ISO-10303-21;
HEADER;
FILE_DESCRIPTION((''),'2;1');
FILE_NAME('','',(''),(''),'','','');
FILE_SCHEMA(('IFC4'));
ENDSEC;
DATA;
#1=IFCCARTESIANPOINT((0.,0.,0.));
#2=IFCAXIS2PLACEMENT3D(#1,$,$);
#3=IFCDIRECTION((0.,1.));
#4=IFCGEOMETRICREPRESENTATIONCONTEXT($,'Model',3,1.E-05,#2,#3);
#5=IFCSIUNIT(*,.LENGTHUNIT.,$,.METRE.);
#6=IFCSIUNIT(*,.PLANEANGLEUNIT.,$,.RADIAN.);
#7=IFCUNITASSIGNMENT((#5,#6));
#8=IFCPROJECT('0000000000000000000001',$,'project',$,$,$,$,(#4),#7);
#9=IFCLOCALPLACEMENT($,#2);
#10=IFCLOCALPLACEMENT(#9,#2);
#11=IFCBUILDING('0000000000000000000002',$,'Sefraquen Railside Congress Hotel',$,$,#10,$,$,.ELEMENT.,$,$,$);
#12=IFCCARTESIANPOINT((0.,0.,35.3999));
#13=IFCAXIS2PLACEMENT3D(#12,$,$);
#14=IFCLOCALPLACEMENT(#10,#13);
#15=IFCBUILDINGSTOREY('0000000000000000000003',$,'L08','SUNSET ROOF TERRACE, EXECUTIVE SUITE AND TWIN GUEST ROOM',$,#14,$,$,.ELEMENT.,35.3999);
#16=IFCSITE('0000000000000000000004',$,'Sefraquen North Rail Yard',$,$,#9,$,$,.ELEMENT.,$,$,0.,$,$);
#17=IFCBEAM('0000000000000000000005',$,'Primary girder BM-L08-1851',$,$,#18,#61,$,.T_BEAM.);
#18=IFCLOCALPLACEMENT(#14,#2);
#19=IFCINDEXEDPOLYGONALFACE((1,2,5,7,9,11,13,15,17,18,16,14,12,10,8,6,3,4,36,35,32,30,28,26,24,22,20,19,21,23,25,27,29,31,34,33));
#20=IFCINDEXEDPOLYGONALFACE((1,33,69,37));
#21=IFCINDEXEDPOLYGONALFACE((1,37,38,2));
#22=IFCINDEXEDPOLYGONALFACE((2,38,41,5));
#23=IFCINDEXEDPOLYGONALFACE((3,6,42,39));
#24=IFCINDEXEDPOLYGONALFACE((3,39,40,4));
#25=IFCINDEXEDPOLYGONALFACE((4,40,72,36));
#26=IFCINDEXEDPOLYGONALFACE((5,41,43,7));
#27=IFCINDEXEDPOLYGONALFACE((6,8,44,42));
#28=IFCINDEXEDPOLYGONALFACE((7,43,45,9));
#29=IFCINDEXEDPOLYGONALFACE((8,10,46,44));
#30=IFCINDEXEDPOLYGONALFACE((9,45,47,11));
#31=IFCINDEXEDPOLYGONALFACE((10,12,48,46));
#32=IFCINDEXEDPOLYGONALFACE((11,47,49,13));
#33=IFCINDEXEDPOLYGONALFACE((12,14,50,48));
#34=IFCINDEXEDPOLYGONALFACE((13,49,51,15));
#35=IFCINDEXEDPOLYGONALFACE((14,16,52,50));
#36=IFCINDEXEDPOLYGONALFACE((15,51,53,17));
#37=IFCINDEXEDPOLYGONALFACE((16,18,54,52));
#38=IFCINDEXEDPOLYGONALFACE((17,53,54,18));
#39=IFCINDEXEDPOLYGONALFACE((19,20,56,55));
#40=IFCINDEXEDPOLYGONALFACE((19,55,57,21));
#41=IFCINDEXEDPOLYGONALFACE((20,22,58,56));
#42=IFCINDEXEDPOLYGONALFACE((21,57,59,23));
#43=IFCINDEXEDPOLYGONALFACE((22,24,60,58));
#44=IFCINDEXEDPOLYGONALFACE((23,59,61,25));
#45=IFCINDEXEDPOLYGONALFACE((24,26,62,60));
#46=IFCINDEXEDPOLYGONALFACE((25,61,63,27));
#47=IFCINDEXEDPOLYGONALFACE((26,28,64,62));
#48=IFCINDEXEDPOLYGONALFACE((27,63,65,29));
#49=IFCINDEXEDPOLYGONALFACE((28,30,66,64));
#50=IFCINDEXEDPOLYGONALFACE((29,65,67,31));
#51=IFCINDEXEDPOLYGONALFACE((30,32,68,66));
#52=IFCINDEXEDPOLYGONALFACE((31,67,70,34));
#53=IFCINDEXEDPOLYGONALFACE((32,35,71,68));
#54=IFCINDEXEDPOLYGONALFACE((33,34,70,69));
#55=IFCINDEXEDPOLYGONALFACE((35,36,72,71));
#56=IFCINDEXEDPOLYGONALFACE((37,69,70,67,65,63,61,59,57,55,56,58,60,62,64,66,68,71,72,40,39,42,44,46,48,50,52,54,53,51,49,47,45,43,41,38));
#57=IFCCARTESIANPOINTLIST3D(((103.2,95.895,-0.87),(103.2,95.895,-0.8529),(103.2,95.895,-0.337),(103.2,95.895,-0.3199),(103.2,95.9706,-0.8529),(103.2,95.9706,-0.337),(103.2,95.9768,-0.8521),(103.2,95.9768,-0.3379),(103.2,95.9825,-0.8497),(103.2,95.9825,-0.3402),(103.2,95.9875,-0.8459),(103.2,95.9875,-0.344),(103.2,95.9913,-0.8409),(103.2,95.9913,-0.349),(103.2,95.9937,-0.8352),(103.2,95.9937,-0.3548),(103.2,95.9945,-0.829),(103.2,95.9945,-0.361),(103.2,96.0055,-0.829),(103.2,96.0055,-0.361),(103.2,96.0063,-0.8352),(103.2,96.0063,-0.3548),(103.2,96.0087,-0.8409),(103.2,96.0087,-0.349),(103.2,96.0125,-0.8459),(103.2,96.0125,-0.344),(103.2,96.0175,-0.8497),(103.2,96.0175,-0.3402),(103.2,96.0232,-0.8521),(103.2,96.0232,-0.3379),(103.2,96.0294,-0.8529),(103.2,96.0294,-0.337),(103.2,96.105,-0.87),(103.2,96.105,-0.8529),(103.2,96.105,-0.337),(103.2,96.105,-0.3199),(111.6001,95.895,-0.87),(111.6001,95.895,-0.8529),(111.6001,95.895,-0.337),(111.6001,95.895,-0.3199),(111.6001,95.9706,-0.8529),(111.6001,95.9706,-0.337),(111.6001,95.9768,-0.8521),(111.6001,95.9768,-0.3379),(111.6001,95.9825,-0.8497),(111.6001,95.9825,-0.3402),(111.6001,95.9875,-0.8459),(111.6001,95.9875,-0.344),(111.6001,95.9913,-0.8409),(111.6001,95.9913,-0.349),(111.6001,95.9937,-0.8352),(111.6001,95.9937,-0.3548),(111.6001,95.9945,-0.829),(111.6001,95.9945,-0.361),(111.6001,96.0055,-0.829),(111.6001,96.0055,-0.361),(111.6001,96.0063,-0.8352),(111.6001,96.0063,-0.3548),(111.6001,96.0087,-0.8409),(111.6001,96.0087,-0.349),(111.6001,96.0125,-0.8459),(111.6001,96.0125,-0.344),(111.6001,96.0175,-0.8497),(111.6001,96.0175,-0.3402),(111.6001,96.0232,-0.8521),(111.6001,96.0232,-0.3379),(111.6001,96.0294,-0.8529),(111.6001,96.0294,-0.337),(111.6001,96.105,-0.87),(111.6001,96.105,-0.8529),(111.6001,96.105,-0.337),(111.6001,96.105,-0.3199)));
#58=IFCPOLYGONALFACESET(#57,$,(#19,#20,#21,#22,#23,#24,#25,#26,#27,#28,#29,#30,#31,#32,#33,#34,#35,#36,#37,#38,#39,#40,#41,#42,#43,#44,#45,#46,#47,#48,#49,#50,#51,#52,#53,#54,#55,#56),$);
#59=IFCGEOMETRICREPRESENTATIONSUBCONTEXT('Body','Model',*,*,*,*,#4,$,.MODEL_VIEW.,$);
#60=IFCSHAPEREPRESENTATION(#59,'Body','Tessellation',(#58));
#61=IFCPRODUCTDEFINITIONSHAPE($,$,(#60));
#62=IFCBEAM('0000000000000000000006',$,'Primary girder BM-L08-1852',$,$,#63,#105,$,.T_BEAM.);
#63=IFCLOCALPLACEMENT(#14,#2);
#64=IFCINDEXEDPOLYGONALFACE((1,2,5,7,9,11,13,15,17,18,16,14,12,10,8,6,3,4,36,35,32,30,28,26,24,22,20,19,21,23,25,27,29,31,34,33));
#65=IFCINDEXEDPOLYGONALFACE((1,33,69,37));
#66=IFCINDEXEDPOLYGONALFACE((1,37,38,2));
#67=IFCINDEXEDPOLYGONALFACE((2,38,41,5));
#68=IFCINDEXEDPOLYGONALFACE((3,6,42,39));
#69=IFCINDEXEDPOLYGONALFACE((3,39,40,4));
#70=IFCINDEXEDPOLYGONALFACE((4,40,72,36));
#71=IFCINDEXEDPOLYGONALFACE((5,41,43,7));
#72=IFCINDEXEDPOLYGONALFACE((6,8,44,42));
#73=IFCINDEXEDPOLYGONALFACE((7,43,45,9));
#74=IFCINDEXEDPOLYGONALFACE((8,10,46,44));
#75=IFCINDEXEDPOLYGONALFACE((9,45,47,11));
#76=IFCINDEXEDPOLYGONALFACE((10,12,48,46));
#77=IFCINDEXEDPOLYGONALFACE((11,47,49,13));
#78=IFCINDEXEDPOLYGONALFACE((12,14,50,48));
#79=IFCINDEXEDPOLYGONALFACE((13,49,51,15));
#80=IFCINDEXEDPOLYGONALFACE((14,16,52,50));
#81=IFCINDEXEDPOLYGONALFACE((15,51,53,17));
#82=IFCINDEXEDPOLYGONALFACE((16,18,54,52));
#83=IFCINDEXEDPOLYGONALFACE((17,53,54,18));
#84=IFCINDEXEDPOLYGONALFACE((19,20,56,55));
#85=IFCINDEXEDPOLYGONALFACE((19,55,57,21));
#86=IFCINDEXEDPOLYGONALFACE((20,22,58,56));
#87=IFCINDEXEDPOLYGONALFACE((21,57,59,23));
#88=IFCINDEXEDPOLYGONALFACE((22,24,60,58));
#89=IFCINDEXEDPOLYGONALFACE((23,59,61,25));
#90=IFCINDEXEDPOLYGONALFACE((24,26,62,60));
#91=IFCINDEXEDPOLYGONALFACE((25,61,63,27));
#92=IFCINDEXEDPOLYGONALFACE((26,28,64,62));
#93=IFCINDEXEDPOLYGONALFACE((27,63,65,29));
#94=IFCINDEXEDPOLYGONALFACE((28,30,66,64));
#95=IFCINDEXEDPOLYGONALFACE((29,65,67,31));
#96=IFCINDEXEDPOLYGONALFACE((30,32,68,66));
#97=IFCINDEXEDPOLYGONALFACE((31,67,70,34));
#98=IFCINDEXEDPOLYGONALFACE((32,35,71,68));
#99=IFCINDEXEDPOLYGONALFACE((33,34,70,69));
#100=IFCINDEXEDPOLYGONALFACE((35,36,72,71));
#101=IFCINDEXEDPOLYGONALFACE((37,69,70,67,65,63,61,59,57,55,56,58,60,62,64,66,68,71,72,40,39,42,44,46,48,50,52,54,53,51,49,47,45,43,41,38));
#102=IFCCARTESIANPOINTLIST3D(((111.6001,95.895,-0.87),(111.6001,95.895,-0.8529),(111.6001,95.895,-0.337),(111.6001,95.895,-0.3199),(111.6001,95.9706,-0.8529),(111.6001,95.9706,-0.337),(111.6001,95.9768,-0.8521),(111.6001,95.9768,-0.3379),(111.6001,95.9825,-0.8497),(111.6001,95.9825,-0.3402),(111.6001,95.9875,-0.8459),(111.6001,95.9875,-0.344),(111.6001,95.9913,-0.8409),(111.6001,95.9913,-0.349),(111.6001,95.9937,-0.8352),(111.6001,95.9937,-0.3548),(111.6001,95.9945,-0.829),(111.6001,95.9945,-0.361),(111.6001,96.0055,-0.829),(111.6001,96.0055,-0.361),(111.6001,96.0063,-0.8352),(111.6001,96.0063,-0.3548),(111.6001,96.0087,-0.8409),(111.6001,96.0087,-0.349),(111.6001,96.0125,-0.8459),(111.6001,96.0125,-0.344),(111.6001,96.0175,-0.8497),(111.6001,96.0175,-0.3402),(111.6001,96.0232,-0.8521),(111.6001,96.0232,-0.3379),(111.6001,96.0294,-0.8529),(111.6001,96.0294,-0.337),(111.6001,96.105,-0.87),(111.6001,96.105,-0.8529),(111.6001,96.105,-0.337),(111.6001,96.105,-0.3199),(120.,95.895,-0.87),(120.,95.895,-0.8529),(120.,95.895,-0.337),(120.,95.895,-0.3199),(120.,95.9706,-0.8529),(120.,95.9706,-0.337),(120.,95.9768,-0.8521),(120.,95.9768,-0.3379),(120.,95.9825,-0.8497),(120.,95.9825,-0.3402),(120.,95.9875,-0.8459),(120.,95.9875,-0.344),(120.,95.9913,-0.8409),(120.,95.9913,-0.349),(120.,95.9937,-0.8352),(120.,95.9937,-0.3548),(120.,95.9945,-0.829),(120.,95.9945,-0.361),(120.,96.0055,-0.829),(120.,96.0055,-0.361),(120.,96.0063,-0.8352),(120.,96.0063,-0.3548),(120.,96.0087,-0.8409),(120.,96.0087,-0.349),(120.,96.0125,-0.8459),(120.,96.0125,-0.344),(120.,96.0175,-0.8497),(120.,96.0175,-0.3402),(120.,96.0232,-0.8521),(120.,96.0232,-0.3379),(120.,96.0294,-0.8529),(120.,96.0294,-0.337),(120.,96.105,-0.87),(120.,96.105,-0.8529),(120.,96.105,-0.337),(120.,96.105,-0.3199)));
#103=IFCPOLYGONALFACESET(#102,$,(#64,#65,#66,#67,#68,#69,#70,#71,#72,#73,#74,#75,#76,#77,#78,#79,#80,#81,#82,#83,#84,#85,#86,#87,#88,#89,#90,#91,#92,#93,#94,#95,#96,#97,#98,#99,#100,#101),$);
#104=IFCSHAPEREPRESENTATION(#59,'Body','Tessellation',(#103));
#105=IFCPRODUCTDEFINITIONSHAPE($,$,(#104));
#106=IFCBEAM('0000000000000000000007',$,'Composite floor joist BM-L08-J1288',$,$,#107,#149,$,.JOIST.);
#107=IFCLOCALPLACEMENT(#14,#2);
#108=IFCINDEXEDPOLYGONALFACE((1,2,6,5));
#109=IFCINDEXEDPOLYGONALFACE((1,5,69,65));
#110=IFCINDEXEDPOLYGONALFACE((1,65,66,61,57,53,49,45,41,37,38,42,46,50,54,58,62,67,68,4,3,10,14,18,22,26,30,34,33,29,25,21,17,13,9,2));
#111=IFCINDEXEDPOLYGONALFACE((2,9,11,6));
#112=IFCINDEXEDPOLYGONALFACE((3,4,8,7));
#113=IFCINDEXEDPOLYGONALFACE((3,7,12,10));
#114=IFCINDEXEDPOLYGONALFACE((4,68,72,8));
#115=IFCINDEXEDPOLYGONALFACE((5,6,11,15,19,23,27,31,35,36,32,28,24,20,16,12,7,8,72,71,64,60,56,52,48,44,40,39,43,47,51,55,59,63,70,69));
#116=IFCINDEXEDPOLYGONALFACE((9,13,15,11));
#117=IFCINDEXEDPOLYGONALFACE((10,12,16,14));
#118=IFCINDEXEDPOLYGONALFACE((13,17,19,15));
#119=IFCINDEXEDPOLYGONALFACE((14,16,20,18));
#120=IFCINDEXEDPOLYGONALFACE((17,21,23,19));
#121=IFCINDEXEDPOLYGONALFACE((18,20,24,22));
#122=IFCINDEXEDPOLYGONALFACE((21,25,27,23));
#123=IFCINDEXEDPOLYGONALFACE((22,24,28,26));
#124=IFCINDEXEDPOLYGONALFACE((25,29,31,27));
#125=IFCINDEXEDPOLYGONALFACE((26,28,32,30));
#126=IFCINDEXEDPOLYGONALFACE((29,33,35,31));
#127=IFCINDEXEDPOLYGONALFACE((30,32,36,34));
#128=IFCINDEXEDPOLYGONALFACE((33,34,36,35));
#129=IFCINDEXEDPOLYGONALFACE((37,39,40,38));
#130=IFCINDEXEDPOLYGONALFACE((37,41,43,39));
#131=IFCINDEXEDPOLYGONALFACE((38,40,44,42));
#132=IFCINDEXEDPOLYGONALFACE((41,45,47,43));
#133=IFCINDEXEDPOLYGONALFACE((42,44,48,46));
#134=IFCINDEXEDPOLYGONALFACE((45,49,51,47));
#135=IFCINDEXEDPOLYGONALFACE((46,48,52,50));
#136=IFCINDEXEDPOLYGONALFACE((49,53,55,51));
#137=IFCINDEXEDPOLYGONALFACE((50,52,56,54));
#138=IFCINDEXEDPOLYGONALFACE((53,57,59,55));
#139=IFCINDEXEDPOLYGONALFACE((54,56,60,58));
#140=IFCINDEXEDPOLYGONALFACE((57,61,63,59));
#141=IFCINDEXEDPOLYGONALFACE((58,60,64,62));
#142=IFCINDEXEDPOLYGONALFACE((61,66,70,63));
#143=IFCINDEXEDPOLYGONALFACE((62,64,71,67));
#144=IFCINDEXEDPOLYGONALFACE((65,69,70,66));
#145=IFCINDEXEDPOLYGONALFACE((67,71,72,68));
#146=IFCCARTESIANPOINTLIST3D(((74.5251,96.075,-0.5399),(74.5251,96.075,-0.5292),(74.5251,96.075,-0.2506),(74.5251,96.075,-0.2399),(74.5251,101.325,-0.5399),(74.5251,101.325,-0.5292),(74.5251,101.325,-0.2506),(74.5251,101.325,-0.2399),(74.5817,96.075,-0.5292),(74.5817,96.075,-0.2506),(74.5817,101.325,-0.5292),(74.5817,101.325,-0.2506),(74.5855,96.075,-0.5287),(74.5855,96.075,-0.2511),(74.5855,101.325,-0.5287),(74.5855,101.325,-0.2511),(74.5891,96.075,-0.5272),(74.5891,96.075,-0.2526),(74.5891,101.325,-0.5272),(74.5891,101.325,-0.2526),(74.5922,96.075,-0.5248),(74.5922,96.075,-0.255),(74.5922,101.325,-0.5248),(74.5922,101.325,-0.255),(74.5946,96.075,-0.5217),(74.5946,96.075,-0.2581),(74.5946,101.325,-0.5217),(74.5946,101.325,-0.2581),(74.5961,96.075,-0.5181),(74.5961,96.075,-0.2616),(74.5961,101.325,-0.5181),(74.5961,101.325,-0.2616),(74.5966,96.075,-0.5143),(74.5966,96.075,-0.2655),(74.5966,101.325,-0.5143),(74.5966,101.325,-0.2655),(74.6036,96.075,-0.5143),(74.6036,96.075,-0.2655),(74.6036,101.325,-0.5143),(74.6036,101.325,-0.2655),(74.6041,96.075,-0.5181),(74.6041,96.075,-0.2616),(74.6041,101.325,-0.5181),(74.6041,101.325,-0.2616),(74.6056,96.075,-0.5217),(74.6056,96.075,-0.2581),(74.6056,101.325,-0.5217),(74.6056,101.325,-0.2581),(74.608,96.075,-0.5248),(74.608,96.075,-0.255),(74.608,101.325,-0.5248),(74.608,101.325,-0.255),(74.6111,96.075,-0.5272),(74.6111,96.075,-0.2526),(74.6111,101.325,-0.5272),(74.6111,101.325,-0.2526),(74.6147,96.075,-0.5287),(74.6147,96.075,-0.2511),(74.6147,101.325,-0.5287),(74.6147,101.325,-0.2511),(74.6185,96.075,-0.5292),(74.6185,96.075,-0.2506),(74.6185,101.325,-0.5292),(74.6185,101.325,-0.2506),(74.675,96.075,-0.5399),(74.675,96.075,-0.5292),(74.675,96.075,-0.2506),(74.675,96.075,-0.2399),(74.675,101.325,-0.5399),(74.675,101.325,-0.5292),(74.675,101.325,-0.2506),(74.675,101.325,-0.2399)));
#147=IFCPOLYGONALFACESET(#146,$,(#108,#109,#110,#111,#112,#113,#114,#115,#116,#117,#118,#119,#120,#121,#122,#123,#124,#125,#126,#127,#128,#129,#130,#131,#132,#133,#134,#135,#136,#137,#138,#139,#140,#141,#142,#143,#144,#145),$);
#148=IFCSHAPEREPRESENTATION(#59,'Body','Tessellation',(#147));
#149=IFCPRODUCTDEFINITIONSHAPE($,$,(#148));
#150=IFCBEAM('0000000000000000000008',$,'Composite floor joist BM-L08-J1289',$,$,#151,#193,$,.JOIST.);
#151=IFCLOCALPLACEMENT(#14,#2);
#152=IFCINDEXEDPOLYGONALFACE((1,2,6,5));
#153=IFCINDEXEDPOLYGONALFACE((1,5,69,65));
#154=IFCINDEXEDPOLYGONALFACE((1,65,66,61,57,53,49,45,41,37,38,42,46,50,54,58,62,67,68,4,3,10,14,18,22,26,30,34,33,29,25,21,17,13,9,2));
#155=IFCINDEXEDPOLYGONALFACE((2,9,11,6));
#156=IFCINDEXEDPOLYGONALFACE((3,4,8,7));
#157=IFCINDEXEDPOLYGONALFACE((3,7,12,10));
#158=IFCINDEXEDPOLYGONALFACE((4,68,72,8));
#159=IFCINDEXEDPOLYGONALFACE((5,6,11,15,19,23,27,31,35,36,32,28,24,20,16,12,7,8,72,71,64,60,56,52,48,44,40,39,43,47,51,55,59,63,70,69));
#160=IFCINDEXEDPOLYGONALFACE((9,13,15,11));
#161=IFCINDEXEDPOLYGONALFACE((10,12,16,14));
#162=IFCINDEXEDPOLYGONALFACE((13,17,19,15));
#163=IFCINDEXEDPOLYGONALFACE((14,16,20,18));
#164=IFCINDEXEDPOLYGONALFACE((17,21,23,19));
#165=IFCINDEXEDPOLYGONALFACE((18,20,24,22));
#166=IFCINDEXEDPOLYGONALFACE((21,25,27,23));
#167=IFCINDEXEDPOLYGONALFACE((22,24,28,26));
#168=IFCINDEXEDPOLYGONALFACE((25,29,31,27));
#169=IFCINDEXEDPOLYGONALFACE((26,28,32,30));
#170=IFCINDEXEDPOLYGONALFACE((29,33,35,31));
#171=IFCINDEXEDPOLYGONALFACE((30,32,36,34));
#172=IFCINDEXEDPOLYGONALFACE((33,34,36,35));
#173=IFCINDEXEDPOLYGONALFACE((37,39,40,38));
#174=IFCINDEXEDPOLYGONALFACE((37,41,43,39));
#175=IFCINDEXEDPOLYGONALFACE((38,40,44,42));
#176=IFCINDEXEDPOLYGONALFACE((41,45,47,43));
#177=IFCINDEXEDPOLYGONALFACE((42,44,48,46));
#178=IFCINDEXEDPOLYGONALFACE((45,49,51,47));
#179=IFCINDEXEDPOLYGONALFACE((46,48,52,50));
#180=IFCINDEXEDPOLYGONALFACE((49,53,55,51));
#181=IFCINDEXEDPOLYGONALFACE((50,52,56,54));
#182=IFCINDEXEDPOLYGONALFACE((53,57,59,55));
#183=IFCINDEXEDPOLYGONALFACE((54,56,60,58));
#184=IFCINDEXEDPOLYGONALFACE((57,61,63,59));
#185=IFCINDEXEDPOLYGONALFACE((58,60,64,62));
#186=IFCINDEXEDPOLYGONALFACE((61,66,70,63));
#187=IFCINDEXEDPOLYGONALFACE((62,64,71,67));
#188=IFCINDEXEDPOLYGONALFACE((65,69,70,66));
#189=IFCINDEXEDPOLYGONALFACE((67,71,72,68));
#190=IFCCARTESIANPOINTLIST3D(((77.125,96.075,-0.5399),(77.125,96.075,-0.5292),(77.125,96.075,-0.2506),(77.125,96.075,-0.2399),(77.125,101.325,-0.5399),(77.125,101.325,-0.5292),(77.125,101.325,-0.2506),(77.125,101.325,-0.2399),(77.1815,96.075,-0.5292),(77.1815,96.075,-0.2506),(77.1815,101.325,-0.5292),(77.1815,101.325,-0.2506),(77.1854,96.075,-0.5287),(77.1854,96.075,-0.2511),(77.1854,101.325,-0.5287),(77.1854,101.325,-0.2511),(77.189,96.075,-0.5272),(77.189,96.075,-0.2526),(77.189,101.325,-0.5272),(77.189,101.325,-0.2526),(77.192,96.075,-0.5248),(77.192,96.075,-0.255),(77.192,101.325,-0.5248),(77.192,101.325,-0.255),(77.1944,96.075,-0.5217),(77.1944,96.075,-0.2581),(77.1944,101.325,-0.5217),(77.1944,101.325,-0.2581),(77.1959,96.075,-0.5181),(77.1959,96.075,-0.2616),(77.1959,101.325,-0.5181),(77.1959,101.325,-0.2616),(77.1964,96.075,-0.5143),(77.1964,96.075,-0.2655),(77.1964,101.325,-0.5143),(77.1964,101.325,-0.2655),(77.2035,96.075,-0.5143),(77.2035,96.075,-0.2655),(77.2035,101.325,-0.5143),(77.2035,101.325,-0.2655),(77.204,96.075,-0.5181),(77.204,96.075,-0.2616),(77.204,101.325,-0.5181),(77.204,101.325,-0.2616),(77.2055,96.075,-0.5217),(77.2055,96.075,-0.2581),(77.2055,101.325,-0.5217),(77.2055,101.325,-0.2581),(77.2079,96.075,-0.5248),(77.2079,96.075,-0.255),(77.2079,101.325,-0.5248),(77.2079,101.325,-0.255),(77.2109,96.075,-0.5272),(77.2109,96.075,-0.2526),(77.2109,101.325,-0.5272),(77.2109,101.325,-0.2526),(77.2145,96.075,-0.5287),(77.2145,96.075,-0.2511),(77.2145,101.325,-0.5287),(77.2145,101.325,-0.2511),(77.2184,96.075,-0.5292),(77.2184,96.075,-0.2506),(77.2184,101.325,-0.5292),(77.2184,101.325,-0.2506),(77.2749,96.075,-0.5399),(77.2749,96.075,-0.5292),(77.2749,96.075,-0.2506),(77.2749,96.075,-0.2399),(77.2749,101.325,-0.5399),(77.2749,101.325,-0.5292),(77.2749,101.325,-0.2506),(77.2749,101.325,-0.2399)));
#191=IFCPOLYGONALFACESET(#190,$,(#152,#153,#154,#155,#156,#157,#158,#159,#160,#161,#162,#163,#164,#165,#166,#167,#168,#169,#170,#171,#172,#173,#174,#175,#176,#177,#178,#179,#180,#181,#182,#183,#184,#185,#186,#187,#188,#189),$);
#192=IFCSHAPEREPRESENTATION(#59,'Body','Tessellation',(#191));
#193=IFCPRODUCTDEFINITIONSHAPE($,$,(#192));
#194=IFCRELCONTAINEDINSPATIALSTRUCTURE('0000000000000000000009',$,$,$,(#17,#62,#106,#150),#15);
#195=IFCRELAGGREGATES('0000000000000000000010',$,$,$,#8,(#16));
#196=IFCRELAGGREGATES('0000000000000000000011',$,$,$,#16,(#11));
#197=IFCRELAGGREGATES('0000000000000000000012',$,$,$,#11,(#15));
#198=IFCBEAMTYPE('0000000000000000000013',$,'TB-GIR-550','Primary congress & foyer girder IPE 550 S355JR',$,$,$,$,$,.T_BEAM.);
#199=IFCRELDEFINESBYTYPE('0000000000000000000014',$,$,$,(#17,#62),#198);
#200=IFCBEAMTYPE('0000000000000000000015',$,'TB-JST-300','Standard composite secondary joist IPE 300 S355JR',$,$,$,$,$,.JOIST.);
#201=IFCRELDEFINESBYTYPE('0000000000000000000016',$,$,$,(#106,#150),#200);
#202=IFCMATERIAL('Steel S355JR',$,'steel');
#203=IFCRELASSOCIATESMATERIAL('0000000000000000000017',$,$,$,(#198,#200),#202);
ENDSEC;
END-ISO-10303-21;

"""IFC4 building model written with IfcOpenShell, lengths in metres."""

from ifc_helpers import new_model, si_unit, direction, frame, origin, origin_2d, place, context, subcontext, project, spatial, i_section, extrude, material, material_profile, profile_set, type_object, element, save


model = new_model("IFC4")

# Units and contexts
model_context = context("Model", 3, precision=1e-05, world=origin(), true_north=direction((0.0, 1.0)))
body_context = subcontext(model_context, "Body", "Model", "MODEL_VIEW")
ifc_project = project(units=[si_unit("LENGTHUNIT", "METRE"), si_unit("PLANEANGLEUNIT", "RADIAN")], contexts=[model_context])

# Site, building, storey
site_placement = place(None, origin())
site = spatial("IfcSite", under=ifc_project, at=site_placement, Name="Sefraquen North Rail Yard", CompositionType="ELEMENT", RefElevation=0.0)
building_placement = place(site_placement, origin())
building = spatial("IfcBuilding", under=site, at=building_placement, Name="Sefraquen Railside Congress Hotel", CompositionType="ELEMENT")
storey_placement = place(building_placement, frame((0.0, 0.0, 35.3999)))
storey = spatial("IfcBuildingStorey", under=building, at=storey_placement, Name="L08", Description="SUNSET ROOF TERRACE, EXECUTIVE SUITE AND TWIN GUEST ROOM", CompositionType="ELEMENT", Elevation=35.3999)

# Shared definitions
ifc_material_1 = material(Name="Steel S355JR", Category="steel")

# Beams
ifc_material_profile_1 = material_profile(ifc_material_1, i_section(OverallWidth=0.21, OverallDepth=0.55, WebThickness=0.011, FlangeThickness=0.0171, FilletRadius=0.0239, at=origin_2d()), Name="IPE 550")
ifc_profile_set_1 = profile_set([ifc_material_profile_1], Name="Steel S355JR")
beam_type_1 = type_object("IfcBeamType", Name="TB-GIR-550", Description="Primary congress & foyer girder IPE 550 S355JR", PredefinedType="T_BEAM", material=ifc_profile_set_1)
beam_1_placement = place(storey_placement, frame((103.2, 96.0, -0.595), z_axis=(1.0, 0.0, 0.0), x_axis=(0.0, 1.0, 0.0)))
element("IfcBeam", 1, at=beam_1_placement, inside=storey, type_object=beam_type_1, Name="Primary girder BM-L08-1851", PredefinedType="T_BEAM", context=body_context, shape_type="SweptSolid", body=[
    extrude(i_section(OverallWidth=0.21, OverallDepth=0.55, WebThickness=0.011, FlangeThickness=0.0171, FilletRadius=0.0239, at=origin_2d()), origin(), (0.0, 0.0, 1.0), 8.4001),
])
beam_2_placement = place(storey_placement, frame((111.6001, 96.0, -0.595), z_axis=(1.0, 0.0, 0.0), x_axis=(0.0, 1.0, 0.0)))
element("IfcBeam", 2, at=beam_2_placement, inside=storey, type_object=beam_type_1, Name="Primary girder BM-L08-1852", PredefinedType="T_BEAM", context=body_context, shape_type="SweptSolid", body=[
    extrude(i_section(OverallWidth=0.21, OverallDepth=0.55, WebThickness=0.011, FlangeThickness=0.0171, FilletRadius=0.0239, at=origin_2d()), origin(), (0.0, 0.0, 1.0), 8.3999),
])
ifc_material_profile_2 = material_profile(ifc_material_1, i_section(OverallWidth=0.1499, OverallDepth=0.3, WebThickness=0.0071, FlangeThickness=0.0107, FilletRadius=0.0149, at=origin_2d()), Name="IPE 300")
ifc_profile_set_2 = profile_set([ifc_material_profile_2], Name="Steel S355JR")
beam_type_2 = type_object("IfcBeamType", Name="TB-JST-300", Description="Standard composite secondary joist IPE 300 S355JR", PredefinedType="JOIST", material=ifc_profile_set_2)
for number, where, z_axis, x_axis, name in (
    (3, (74.6001, 96.075, -0.3899), (0.0, 1.0, 0.0), (-1.0, 0.0, 0.0), "Composite floor joist BM-L08-J1288"),
    (4, (77.2, 96.075, -0.3899), (0.0, 1.0, 0.0), (-1.0, 0.0, 0.0), "Composite floor joist BM-L08-J1289"),
):
    element("IfcBeam", number, at=place(storey_placement, frame(where, z_axis=z_axis, x_axis=x_axis)), inside=storey, type_object=beam_type_2, Name=name, PredefinedType="JOIST", context=body_context, shape_type="SweptSolid", body=[
        extrude(i_section(OverallWidth=0.1499, OverallDepth=0.3, WebThickness=0.0071, FlangeThickness=0.0107, FilletRadius=0.0149, at=origin_2d()), origin(), (0.0, 0.0, 1.0), 5.25),
    ])

save(model, "model.ifc")
